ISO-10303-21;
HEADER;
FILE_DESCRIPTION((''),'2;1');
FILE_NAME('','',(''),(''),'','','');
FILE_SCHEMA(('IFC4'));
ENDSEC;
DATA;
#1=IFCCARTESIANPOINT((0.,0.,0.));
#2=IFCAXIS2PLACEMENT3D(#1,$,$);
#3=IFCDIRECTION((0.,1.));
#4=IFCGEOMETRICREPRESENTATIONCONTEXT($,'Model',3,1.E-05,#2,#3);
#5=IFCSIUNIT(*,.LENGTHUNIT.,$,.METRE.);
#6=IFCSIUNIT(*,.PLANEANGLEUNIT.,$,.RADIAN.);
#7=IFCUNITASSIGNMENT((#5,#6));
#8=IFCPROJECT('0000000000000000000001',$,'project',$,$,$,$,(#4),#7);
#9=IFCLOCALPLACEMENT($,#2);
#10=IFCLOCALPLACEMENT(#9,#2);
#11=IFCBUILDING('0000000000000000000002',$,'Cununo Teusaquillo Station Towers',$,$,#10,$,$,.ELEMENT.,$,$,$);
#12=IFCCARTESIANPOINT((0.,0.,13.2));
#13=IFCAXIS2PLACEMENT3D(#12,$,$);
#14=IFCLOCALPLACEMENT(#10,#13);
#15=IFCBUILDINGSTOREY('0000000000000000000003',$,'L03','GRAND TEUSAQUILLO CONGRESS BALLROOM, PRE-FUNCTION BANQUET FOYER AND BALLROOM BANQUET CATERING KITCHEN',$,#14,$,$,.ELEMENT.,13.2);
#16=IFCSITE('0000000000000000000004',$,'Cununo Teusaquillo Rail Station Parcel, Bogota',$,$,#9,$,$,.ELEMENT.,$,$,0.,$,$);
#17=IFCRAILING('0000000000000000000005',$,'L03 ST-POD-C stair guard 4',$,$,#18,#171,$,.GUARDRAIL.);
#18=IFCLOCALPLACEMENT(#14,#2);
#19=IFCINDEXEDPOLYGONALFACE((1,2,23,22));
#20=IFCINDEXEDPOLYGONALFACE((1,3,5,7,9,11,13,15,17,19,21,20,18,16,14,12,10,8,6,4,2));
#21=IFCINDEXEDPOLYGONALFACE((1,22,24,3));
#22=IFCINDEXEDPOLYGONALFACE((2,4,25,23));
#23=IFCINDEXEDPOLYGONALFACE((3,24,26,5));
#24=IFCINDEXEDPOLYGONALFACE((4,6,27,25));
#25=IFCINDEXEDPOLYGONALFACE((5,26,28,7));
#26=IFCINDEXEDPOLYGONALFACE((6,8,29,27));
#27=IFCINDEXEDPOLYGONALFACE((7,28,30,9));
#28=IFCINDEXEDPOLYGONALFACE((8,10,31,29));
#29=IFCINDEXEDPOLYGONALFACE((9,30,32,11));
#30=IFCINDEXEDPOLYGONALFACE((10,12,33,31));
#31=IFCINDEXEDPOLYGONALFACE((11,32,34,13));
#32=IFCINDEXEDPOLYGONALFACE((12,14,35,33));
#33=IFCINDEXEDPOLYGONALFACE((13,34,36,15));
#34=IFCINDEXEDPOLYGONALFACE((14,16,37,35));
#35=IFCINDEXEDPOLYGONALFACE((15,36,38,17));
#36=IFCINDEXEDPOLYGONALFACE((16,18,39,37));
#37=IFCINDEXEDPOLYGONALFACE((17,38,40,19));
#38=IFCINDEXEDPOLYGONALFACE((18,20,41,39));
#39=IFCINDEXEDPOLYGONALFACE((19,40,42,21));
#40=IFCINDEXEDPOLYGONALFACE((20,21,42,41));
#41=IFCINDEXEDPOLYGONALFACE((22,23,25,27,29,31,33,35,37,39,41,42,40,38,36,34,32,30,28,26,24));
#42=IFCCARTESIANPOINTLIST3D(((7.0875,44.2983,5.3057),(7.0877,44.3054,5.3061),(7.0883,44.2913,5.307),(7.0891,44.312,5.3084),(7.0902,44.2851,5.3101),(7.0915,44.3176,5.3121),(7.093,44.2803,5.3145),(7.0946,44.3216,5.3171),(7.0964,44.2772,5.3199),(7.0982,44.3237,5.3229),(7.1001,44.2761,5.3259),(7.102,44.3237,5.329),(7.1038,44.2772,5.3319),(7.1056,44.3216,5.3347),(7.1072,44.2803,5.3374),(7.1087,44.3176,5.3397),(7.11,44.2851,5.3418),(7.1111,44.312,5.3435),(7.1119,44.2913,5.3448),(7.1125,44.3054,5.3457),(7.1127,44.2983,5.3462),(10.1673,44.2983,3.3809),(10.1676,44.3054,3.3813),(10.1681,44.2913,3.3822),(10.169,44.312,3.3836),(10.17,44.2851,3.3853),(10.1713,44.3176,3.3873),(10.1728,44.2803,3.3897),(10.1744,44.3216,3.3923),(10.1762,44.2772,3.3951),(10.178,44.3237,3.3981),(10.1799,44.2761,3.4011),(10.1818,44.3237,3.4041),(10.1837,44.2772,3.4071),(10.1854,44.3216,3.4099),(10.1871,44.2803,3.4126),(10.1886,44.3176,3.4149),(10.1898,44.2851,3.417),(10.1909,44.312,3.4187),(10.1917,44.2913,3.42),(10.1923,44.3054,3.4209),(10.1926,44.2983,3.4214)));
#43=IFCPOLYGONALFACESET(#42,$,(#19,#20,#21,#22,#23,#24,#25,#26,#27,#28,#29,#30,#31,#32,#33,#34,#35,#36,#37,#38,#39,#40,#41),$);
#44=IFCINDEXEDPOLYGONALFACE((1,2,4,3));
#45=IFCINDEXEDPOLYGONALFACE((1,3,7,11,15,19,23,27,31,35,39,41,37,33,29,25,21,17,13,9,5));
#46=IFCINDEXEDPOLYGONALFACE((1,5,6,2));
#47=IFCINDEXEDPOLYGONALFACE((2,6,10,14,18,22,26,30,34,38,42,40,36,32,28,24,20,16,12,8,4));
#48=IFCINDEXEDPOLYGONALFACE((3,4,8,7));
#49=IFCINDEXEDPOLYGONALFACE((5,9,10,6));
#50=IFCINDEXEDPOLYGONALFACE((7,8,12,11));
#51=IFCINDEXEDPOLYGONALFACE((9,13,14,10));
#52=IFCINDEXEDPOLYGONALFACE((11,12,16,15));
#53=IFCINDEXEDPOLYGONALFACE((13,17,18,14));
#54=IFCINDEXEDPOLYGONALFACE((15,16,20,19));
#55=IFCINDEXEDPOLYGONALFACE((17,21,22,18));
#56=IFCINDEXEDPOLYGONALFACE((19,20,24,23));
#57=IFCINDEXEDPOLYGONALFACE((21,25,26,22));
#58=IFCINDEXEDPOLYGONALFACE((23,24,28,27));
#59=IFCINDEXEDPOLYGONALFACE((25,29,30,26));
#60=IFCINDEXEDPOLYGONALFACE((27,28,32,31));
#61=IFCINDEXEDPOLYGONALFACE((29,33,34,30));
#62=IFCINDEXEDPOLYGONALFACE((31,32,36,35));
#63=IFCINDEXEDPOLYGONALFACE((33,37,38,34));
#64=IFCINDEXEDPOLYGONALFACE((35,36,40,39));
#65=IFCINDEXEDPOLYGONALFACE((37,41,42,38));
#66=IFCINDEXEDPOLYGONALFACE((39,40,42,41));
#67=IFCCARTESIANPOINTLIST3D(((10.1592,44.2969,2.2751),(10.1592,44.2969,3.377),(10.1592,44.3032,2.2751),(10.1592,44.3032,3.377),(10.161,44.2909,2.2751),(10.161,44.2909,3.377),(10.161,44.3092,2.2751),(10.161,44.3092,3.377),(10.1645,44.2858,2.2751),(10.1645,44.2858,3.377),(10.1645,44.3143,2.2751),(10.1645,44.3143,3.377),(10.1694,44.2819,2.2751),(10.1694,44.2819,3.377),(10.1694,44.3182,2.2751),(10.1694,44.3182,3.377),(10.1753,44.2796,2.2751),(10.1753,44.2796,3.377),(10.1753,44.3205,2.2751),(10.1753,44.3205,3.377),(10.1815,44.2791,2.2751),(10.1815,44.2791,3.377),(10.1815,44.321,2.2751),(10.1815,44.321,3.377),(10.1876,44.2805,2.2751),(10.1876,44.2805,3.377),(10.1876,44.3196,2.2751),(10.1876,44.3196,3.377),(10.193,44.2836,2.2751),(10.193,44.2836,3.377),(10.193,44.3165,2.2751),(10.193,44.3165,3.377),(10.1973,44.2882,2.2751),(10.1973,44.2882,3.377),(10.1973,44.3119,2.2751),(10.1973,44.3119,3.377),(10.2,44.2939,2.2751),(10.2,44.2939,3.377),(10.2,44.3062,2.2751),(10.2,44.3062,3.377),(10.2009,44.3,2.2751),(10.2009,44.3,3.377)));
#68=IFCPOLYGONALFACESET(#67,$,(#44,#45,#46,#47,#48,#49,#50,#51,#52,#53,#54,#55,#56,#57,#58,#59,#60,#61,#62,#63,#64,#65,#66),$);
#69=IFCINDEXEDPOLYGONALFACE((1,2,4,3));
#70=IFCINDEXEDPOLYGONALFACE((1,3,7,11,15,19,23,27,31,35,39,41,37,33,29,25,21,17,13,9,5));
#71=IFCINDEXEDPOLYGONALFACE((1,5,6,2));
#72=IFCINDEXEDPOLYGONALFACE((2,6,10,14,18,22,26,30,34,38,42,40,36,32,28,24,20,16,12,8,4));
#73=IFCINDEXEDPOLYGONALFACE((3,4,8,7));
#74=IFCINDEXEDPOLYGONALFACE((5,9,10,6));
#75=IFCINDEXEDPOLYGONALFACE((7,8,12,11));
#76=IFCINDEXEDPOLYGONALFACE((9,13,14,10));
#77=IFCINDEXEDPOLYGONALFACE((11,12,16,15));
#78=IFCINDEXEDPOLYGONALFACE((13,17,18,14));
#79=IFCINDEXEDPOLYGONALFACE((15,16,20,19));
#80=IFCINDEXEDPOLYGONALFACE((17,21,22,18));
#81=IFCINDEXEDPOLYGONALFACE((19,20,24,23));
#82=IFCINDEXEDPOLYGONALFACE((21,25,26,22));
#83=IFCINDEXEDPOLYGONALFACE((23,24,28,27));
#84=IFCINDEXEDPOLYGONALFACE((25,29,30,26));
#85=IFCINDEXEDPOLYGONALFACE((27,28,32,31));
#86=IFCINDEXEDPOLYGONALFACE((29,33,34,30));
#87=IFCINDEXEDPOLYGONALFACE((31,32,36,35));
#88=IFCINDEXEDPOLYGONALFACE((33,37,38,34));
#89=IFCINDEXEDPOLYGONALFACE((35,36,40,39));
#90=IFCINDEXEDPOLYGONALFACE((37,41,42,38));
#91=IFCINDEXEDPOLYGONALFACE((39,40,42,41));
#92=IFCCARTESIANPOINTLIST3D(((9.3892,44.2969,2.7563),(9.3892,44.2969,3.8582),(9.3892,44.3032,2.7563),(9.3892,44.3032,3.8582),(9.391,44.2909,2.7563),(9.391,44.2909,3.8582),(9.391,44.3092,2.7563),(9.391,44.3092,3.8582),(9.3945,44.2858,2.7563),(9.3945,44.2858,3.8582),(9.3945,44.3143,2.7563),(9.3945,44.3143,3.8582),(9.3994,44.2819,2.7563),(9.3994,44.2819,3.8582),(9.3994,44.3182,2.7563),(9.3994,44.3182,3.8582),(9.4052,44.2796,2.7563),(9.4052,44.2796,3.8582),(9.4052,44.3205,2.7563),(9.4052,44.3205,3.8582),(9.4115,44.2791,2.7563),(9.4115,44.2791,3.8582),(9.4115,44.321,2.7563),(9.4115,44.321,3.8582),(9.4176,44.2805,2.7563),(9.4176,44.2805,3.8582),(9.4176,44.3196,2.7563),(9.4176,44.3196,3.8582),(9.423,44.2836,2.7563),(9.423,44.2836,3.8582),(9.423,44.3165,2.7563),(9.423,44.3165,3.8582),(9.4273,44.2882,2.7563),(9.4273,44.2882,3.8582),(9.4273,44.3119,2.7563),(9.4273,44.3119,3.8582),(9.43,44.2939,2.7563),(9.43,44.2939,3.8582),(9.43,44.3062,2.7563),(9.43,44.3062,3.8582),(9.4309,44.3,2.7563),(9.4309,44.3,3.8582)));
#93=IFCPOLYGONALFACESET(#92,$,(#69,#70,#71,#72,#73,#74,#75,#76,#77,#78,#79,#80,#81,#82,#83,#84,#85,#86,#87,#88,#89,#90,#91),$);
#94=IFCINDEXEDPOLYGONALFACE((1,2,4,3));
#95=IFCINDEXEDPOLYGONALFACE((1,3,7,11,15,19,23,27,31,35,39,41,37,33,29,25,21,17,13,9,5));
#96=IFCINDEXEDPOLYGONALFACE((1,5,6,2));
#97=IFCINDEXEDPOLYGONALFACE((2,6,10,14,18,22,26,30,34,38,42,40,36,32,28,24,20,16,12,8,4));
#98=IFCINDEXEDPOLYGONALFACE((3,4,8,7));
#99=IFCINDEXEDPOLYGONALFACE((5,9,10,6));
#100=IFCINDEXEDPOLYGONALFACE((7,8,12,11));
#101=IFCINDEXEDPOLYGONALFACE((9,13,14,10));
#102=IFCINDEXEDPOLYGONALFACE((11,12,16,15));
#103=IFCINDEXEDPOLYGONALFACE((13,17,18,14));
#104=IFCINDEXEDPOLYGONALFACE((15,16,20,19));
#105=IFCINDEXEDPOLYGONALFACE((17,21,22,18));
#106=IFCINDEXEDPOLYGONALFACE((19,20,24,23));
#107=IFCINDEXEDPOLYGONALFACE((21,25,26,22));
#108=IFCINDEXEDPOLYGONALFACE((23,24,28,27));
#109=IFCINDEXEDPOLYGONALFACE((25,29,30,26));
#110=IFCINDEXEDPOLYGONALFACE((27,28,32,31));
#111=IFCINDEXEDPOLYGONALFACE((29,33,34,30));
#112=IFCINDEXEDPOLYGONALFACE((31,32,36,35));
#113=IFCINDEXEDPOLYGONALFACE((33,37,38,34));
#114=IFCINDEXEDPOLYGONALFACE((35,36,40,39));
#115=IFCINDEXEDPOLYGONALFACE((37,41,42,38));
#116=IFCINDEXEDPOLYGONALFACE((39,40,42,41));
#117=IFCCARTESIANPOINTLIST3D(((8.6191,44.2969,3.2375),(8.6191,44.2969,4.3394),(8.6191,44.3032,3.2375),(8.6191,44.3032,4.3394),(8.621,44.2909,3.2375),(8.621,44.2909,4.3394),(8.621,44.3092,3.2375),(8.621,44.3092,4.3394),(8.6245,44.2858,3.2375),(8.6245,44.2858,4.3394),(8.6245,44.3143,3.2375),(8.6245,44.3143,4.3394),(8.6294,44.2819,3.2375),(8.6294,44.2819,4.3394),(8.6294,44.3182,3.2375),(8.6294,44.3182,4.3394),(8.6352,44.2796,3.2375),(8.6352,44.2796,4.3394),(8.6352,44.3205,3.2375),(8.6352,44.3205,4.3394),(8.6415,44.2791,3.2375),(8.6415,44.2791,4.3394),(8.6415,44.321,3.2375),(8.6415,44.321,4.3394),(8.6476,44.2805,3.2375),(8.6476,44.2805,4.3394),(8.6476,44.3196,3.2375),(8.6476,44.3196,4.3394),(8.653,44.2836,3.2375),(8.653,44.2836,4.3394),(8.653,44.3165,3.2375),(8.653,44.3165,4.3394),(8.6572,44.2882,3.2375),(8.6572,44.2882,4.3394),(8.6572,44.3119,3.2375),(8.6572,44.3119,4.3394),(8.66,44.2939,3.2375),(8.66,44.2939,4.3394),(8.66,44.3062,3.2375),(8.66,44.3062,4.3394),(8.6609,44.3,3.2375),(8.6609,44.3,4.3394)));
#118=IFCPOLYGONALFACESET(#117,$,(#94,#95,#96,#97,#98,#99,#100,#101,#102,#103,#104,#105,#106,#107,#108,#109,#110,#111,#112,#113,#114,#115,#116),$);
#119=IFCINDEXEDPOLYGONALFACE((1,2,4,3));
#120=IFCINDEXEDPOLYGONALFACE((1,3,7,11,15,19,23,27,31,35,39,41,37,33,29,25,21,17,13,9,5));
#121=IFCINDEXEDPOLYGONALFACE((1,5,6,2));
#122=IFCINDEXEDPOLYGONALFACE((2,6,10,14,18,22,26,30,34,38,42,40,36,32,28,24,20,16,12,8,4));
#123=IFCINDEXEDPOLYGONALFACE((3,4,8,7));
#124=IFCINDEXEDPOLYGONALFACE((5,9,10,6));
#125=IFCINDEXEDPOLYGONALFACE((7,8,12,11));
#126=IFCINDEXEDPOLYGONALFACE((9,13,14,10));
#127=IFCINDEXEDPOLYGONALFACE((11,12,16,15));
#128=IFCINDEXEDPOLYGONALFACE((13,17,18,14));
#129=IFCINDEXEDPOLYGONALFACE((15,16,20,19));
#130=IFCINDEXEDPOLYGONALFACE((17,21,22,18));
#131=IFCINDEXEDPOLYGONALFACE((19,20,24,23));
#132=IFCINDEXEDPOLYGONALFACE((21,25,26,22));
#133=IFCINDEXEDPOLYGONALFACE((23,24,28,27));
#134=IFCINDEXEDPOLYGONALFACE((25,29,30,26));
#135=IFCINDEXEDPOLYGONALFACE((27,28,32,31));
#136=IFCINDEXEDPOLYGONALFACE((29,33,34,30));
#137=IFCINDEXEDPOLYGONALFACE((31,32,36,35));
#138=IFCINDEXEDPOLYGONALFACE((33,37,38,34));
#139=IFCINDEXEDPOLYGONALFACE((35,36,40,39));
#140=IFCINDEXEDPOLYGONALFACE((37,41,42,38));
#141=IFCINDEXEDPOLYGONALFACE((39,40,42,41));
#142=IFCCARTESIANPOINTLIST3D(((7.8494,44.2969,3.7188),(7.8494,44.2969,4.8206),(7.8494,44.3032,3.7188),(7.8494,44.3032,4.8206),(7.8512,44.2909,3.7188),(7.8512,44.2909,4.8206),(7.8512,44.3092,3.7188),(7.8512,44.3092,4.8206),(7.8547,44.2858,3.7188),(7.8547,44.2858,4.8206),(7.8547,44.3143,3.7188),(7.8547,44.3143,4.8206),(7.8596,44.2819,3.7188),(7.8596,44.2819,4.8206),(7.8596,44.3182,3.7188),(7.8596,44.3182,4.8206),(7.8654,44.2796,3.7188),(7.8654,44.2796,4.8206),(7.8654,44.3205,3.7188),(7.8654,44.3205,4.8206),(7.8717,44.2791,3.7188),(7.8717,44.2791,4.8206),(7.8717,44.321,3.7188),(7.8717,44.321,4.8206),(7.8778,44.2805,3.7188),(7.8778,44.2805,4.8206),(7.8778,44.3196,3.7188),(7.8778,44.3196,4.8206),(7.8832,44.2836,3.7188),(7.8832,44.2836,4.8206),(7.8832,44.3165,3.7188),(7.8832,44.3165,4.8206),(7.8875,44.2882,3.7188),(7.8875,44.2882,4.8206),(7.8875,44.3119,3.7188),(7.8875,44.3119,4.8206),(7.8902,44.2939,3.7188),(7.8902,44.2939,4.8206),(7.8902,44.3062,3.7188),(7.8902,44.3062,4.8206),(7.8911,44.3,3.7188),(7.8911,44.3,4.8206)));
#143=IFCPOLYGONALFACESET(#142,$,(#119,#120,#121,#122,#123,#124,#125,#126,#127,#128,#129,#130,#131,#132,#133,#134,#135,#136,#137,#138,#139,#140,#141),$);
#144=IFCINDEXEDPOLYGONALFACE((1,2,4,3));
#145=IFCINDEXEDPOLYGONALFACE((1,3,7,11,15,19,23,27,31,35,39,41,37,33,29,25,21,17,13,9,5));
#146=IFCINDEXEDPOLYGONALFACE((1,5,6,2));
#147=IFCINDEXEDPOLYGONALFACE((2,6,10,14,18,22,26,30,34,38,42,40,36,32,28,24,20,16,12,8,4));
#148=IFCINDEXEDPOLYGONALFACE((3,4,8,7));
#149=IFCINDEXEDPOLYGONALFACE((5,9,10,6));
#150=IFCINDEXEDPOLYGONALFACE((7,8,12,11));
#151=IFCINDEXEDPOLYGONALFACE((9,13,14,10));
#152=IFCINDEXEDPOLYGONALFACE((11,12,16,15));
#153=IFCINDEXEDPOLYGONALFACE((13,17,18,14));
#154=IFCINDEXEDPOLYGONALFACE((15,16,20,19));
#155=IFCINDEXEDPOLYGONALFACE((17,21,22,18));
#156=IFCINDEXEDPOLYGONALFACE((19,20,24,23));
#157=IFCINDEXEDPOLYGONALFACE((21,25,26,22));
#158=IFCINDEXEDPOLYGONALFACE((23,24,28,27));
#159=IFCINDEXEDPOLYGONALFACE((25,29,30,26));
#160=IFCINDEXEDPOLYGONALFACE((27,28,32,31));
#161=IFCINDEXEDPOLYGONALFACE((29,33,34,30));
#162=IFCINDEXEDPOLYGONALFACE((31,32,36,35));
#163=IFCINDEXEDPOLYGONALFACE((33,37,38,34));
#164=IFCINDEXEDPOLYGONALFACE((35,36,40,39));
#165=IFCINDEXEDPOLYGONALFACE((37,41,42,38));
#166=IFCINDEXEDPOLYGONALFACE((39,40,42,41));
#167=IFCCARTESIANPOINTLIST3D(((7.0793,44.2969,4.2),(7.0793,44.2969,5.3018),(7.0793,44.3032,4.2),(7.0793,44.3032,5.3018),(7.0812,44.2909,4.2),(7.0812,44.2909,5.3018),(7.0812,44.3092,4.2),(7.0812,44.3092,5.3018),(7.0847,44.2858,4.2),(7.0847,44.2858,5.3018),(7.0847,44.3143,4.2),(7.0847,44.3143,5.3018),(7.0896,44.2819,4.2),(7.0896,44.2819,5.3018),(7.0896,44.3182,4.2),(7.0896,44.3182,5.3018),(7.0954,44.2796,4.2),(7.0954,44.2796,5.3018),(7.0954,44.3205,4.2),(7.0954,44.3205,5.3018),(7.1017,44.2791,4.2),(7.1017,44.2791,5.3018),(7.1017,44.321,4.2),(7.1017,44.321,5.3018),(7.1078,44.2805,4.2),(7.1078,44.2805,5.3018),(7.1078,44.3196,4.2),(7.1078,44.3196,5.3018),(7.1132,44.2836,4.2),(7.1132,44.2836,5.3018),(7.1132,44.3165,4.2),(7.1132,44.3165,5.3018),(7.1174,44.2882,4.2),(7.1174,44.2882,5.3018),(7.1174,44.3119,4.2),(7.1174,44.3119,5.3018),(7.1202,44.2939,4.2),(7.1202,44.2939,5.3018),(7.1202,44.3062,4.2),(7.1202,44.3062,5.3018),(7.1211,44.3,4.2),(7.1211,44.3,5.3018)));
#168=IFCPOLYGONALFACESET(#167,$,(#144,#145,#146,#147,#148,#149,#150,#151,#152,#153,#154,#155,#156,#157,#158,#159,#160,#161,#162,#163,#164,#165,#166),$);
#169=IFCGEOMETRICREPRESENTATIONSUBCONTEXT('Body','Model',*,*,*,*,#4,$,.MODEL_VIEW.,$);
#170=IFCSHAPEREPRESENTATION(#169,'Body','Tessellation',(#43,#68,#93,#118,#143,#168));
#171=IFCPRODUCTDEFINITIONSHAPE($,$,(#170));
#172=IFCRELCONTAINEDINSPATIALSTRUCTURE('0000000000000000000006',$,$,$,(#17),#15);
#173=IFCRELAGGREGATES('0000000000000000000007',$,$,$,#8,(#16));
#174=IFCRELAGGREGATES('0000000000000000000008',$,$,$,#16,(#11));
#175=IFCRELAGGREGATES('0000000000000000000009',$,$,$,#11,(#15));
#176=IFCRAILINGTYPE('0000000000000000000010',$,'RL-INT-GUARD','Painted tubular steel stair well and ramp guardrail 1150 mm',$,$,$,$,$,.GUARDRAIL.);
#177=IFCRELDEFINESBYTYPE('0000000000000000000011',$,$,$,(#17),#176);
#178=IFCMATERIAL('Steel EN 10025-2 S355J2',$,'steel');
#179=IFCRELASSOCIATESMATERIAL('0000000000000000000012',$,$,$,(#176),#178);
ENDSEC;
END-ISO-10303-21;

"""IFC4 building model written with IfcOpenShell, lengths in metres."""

from ifc_helpers import new_model, si_unit, direction, frame, origin, origin_2d, place, context, subcontext, project, spatial, circle, extrude, material, type_object, element, save


model = new_model("IFC4")

# Units and contexts
model_context = context("Model", 3, precision=1e-05, world=origin(), true_north=direction((0.0, 1.0)))
body_context = subcontext(model_context, "Body", "Model", "MODEL_VIEW")
ifc_project = project(units=[si_unit("LENGTHUNIT", "METRE"), si_unit("PLANEANGLEUNIT", "RADIAN")], contexts=[model_context])

# Site, building, storey
site_placement = place(None, origin())
site = spatial("IfcSite", under=ifc_project, at=site_placement, Name="Cununo Teusaquillo Rail Station Parcel, Bogota", CompositionType="ELEMENT", RefElevation=0.0)
building_placement = place(site_placement, origin())
building = spatial("IfcBuilding", under=site, at=building_placement, Name="Cununo Teusaquillo Station Towers", CompositionType="ELEMENT")
storey_placement = place(building_placement, frame((0.0, 0.0, 13.2)))
storey = spatial("IfcBuildingStorey", under=building, at=storey_placement, Name="L03", Description="GRAND TEUSAQUILLO CONGRESS BALLROOM, PRE-FUNCTION BANQUET FOYER AND BALLROOM BANQUET CATERING KITCHEN", CompositionType="ELEMENT", Elevation=13.2)

# Railing
ifc_material_1 = material(Name="Steel EN 10025-2 S355J2", Category="steel")
railing_type = type_object("IfcRailingType", Name="RL-INT-GUARD", Description="Painted tubular steel stair well and ramp guardrail 1150 mm", PredefinedType="GUARDRAIL", material=ifc_material_1)
railing_1_placement = place(storey_placement, frame((10.1799, 44.3, 2.2751)))
element("IfcRailing", 1, at=railing_1_placement, inside=storey, type_object=railing_type, Name="L03 ST-POD-C stair guard 4", PredefinedType="GUARDRAIL", context=body_context, shape_type="SweptSolid", body=[
    extrude(circle(Radius=0.0239, at=origin_2d()), frame((0.0, 0.0, 1.126), z_axis=(-0.84801, 0.0, 0.529981), x_axis=(0.0, -1.0, 0.0)), (0.0, 0.0, 1.0), 3.6318),
    extrude(circle(Radius=0.021, at=origin_2d()), origin(), (0.0, 0.0, 1.0), 1.1018),
    extrude(circle(Radius=0.021, at=origin_2d()), frame((-0.77, 0.0, 0.4812)), (0.0, 0.0, 1.0), 1.1018),
    extrude(circle(Radius=0.021, at=origin_2d()), frame((-1.54, 0.0, 0.9624)), (0.0, 0.0, 1.0), 1.1018),
    extrude(circle(Radius=0.021, at=origin_2d()), frame((-2.3098, 0.0, 1.4436)), (0.0, 0.0, 1.0), 1.1018),
    extrude(circle(Radius=0.021, at=origin_2d()), frame((-3.0798, 0.0, 1.9248)), (0.0, 0.0, 1.0), 1.1018),
])

save(model, "model.ifc")
